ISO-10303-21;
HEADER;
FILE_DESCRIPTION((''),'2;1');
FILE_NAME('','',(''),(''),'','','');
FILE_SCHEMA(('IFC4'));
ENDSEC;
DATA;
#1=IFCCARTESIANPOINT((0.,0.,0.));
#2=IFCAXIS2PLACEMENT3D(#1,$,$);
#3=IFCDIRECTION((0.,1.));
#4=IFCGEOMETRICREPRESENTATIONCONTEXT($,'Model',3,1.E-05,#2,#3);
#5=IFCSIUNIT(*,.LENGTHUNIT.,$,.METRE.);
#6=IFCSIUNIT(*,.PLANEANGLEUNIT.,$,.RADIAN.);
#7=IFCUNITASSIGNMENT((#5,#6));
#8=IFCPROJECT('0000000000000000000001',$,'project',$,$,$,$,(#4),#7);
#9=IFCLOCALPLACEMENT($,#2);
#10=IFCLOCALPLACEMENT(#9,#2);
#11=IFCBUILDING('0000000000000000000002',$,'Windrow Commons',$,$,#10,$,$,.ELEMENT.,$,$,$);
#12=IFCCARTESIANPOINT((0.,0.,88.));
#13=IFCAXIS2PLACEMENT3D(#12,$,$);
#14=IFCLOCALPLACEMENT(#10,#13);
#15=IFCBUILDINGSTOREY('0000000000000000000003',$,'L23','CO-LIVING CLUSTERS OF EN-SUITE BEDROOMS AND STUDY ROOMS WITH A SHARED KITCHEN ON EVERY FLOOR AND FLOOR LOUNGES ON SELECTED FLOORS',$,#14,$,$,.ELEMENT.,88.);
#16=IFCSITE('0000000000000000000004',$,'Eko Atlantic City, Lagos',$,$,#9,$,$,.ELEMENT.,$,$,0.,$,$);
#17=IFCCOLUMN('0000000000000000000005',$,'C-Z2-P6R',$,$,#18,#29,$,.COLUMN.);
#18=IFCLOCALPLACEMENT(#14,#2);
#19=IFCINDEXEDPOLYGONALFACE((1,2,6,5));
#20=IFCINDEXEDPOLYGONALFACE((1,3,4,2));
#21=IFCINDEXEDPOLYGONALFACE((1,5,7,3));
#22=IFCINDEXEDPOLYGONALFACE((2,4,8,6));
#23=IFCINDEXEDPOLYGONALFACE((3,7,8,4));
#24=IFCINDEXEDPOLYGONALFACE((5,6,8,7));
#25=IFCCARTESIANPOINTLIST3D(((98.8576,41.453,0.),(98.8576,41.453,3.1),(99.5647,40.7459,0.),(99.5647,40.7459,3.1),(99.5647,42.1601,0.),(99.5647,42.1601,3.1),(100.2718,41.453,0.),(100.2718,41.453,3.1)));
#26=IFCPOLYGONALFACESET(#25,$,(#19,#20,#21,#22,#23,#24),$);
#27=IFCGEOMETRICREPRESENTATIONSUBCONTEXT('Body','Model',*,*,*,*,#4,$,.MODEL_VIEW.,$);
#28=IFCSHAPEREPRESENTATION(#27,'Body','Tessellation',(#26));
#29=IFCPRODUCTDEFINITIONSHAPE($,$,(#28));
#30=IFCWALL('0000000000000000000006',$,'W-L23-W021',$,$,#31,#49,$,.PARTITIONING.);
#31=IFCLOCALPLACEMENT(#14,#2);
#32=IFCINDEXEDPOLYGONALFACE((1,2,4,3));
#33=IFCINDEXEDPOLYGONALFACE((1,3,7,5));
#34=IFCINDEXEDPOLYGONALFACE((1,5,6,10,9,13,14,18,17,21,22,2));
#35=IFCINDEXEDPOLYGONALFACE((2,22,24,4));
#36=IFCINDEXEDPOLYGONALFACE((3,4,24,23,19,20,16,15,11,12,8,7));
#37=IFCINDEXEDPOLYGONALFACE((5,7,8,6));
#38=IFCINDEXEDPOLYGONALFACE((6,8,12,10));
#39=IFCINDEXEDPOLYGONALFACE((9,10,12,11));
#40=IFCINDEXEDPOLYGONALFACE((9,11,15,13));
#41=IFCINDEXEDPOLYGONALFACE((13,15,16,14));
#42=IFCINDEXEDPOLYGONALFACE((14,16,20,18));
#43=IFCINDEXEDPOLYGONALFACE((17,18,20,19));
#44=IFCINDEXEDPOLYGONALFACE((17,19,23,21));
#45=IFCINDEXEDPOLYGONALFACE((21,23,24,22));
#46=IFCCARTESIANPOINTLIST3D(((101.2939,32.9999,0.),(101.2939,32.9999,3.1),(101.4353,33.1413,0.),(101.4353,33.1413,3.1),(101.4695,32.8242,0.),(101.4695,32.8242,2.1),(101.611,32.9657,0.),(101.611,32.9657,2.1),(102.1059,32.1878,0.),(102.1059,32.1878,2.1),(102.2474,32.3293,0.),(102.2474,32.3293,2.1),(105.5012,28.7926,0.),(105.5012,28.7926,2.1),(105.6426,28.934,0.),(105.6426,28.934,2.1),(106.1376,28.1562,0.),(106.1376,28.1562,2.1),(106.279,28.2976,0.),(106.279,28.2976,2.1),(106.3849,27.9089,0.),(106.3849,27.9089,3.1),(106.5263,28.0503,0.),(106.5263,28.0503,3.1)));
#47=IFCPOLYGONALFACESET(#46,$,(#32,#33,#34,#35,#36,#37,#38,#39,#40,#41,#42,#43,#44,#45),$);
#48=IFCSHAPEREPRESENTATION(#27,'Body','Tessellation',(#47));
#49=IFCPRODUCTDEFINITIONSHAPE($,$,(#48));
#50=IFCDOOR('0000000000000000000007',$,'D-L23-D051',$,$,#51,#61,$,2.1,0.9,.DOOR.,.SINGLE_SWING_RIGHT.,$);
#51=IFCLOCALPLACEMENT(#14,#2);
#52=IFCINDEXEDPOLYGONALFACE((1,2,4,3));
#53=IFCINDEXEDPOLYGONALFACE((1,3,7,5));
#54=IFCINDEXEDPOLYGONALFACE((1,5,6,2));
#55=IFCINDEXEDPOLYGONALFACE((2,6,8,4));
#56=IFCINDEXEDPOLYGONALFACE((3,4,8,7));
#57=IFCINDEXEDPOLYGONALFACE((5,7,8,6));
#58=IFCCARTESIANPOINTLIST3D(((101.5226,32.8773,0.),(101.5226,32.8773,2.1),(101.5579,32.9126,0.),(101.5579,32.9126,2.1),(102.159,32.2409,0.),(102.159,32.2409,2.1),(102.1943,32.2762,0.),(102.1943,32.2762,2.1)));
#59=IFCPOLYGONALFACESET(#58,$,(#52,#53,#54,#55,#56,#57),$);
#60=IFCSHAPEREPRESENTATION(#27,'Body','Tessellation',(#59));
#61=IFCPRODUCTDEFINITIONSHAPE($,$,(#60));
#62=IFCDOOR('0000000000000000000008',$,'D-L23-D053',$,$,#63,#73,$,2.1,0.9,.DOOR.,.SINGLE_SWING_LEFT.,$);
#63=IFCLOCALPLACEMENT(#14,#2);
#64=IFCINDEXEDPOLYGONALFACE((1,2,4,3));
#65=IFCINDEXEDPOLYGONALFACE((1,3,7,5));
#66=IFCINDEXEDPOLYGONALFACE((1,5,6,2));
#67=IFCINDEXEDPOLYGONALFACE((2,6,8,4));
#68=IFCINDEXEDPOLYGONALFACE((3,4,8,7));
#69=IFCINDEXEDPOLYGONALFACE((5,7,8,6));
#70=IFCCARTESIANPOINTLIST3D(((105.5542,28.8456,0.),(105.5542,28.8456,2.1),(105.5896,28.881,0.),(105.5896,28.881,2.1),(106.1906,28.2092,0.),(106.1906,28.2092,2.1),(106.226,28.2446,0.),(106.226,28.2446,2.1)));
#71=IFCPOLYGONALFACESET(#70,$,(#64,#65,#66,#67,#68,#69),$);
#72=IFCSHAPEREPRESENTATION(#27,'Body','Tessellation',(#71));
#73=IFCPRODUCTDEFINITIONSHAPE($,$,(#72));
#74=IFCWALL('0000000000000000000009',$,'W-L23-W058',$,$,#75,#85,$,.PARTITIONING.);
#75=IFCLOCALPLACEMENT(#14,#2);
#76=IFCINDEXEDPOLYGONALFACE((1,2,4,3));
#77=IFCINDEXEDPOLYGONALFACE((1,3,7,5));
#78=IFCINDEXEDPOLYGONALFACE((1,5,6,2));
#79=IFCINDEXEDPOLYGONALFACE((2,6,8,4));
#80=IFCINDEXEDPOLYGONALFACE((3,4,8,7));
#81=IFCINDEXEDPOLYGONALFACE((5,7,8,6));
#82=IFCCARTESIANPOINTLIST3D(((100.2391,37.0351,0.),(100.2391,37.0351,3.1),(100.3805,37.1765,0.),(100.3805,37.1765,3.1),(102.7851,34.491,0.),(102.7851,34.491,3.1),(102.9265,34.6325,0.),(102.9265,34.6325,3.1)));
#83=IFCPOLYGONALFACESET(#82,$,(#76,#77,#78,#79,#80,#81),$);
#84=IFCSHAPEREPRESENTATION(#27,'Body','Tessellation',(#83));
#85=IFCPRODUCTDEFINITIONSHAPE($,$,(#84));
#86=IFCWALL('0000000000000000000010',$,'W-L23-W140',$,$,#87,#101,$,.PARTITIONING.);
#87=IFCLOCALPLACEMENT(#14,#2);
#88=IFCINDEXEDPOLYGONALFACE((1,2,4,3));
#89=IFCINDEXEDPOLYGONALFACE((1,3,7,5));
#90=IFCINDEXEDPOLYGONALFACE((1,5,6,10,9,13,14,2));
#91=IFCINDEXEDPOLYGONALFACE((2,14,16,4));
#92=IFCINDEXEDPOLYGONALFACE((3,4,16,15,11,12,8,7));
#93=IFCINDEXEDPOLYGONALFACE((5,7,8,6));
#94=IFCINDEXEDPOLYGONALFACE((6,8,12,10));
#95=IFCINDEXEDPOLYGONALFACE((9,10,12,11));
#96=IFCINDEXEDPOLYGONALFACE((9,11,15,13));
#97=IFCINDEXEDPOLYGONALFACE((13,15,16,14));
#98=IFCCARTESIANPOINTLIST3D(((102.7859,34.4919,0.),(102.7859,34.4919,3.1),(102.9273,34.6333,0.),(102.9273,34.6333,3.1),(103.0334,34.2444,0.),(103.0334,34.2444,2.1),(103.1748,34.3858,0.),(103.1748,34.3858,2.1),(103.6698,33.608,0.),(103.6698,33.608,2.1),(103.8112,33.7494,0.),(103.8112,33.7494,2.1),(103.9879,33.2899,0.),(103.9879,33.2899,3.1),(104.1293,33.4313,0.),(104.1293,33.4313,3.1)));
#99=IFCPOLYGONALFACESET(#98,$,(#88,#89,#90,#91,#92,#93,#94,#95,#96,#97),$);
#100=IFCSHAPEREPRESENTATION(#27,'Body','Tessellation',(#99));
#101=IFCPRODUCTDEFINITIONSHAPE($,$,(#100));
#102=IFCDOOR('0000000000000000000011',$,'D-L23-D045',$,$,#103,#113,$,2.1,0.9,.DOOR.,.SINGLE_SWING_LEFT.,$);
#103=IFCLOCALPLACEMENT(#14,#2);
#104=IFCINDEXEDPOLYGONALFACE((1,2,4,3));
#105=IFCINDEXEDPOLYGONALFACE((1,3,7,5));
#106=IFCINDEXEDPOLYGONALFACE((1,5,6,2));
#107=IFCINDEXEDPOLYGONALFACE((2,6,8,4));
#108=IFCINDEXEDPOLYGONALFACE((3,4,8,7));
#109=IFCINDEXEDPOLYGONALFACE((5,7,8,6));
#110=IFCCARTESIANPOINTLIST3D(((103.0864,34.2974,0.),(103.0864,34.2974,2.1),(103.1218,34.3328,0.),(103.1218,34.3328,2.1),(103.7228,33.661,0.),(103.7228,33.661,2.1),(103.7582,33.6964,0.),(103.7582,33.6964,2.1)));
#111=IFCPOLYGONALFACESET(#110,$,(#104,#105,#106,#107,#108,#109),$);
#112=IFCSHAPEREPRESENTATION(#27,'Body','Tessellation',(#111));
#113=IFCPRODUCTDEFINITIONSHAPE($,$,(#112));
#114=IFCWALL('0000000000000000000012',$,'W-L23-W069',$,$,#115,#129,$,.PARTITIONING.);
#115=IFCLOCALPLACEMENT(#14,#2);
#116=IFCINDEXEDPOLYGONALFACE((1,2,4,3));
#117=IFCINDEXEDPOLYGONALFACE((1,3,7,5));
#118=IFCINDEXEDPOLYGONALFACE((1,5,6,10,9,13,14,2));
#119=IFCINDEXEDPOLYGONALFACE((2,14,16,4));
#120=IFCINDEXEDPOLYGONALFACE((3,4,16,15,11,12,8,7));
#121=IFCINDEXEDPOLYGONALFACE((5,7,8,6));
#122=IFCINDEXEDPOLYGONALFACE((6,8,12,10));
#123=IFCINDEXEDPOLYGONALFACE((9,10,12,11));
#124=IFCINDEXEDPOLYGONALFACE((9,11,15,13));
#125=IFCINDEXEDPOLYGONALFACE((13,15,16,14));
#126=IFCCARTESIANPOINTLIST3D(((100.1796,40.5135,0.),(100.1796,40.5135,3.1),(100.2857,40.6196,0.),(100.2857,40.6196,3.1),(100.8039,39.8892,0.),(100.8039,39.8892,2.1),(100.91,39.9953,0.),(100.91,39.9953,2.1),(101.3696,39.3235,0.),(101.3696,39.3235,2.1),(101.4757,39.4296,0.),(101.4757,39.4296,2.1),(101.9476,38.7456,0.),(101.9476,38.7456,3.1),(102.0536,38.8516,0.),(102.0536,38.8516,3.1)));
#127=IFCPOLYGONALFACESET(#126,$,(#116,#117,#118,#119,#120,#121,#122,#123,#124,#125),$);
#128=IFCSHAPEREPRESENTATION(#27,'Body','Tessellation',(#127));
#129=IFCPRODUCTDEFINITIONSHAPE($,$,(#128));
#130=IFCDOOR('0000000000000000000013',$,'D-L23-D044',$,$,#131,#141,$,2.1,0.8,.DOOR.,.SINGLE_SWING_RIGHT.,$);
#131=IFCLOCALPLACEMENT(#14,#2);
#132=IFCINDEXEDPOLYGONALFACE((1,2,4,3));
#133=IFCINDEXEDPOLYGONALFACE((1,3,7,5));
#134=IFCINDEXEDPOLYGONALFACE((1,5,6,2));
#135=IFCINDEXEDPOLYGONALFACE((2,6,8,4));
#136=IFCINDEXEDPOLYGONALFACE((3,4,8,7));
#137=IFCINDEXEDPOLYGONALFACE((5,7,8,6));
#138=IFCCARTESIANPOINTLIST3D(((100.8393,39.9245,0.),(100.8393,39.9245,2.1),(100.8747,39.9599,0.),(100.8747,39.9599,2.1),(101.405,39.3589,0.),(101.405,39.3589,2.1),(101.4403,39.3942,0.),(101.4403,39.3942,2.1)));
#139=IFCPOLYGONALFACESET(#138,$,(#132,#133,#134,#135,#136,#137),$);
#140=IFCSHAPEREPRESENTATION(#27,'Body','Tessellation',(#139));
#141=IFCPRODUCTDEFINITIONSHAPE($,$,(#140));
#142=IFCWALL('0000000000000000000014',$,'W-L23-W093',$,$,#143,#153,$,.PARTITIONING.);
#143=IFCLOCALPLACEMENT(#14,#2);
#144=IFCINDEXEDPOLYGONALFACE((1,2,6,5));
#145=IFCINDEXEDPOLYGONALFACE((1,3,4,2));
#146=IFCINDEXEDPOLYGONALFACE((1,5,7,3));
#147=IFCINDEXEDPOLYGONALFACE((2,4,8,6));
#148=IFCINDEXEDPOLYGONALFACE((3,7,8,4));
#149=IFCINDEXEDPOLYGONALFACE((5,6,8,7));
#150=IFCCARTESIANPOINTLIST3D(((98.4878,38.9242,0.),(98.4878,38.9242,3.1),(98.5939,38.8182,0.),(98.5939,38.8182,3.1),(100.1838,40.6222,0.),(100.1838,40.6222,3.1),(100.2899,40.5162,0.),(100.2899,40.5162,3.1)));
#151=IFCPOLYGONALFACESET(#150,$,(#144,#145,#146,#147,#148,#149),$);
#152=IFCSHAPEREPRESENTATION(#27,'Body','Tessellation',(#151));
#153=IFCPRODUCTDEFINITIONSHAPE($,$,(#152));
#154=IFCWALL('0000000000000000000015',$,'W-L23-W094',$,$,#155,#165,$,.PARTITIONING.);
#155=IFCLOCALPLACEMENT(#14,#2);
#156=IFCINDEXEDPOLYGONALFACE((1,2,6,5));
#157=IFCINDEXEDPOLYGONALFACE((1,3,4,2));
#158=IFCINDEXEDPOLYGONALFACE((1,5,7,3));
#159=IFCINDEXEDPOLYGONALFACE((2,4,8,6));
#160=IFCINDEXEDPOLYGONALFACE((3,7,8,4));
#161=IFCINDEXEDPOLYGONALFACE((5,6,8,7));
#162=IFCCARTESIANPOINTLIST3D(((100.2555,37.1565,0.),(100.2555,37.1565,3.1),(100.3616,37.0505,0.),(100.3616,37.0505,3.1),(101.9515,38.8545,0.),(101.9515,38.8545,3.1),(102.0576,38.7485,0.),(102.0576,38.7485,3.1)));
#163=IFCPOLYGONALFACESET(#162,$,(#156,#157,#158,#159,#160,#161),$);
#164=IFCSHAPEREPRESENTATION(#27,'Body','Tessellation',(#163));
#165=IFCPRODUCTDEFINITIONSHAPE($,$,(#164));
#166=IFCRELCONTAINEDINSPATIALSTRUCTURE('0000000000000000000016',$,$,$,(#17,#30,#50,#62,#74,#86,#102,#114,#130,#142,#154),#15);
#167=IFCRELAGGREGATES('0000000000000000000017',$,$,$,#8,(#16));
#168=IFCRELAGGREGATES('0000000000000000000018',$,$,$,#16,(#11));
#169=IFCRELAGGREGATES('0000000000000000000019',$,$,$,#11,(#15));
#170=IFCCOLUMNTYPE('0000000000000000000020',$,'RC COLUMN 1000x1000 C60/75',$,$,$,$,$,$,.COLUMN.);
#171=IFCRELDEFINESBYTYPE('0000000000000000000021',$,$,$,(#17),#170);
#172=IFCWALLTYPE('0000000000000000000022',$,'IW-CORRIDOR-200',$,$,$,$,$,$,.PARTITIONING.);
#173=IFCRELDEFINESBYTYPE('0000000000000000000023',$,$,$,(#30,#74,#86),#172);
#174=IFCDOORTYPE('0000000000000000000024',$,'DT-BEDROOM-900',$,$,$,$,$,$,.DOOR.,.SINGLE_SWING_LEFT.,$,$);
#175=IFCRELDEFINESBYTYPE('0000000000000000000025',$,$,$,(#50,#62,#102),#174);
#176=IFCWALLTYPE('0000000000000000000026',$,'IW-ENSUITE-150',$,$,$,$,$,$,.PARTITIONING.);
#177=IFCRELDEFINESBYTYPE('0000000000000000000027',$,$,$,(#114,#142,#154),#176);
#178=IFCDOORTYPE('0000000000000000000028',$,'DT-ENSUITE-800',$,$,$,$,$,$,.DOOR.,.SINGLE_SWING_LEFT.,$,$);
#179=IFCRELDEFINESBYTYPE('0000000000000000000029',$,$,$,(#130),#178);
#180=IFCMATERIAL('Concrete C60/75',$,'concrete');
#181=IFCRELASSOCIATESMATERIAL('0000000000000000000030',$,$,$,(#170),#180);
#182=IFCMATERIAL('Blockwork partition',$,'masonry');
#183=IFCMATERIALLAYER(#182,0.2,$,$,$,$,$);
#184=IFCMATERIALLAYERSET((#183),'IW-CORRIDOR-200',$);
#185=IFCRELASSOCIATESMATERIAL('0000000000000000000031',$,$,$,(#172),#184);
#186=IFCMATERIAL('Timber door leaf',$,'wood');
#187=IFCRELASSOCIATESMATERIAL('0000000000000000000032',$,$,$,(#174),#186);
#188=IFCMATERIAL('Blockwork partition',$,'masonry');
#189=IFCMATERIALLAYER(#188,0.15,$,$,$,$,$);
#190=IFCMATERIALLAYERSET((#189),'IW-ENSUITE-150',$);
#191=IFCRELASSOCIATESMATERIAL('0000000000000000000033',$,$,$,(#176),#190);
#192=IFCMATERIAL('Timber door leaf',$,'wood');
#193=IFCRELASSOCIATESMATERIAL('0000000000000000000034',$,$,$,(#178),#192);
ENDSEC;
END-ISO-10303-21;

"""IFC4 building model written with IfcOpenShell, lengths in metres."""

from ifc_helpers import new_model, si_unit, direction, frame, frame_2d, origin, origin_2d, place, context, subcontext, project, spatial, rectangle, extrude, material, layer, layer_set, material_profile, profile_set, type_object, element, fill, save


model = new_model("IFC4")

# Units and contexts
model_context = context("Model", 3, precision=1e-05, world=origin(), true_north=direction((0.0, 1.0)))
body_context = subcontext(model_context, "Body", "Model", "MODEL_VIEW")
ifc_project = project(units=[si_unit("LENGTHUNIT", "METRE"), si_unit("PLANEANGLEUNIT", "RADIAN")], contexts=[model_context])

# Site, building, storey
site_placement = place(None, origin())
site = spatial("IfcSite", under=ifc_project, at=site_placement, Name="Eko Atlantic City, Lagos", CompositionType="ELEMENT", RefElevation=0.0)
building_placement = place(site_placement, origin())
building = spatial("IfcBuilding", under=site, at=building_placement, Name="Windrow Commons", CompositionType="ELEMENT")
storey_placement = place(building_placement, frame((0.0, 0.0, 88.0)))
storey = spatial("IfcBuildingStorey", under=building, at=storey_placement, Name="L23", Description="CO-LIVING CLUSTERS OF EN-SUITE BEDROOMS AND STUDY ROOMS WITH A SHARED KITCHEN ON EVERY FLOOR AND FLOOR LOUNGES ON SELECTED FLOORS", CompositionType="ELEMENT", Elevation=88.0)

# Column
ifc_material_1 = material(Name="Concrete C60/75", Category="concrete")
ifc_material_profile = material_profile(ifc_material_1, rectangle(XDim=1.0, YDim=1.0, at=origin_2d()))
ifc_profile_set = profile_set([ifc_material_profile], Name="Concrete C60/75")
column_type = type_object("IfcColumnType", Name="RC COLUMN 1000x1000 C60/75", PredefinedType="COLUMN", material=ifc_profile_set)
column_placement = place(storey_placement, frame((99.5647, 41.453, 0.0), z_axis=(0.0, 0.0, 1.0), x_axis=(0.707107, -0.707107, 0.0)))
element("IfcColumn", 1, at=column_placement, inside=storey, type_object=column_type, Name="C-Z2-P6R", PredefinedType="COLUMN", context=body_context, shape_type="SweptSolid", body=[
    extrude(rectangle(XDim=1.0, YDim=1.0, at=origin_2d()), origin(), (0.0, 0.0, 1.0), 3.1),
])

# Wall, openings, doors
ifc_material_2 = material(Name="Blockwork partition", Category="masonry")
ifc_layer_1 = layer(ifc_material_2, 0.2)
ifc_layer_set_1 = layer_set([ifc_layer_1], Name="IW-CORRIDOR-200")
wall_type_1 = type_object("IfcWallType", Name="IW-CORRIDOR-200", PredefinedType="PARTITIONING", material=ifc_layer_set_1)
wall_1_placement = place(storey_placement, frame((101.3646, 33.0706, 0.0), z_axis=(0.0, 0.0, 1.0), x_axis=(0.707107, -0.707107, 0.0)))
wall_1 = element("IfcWall", 2, at=wall_1_placement, inside=storey, type_object=wall_type_1, Name="W-L23-W021", PredefinedType="PARTITIONING", context=body_context, shape_type="SweptSolid", body=[
    extrude(rectangle(XDim=7.1998, YDim=0.2, at=frame_2d((3.5999, 0.0))), origin(), (0.0, 0.0, 1.0), 3.1),
])
opening_1_placement = place(wall_1_placement, frame((0.2484, 0.0, 0.0)))
opening_1 = element("IfcOpeningElement", 3, at=opening_1_placement, cuts=wall_1, PredefinedType="OPENING", context=body_context, shape_type="SweptSolid", body=[
    extrude(rectangle(XDim=0.9, YDim=2.1, at=frame_2d((0.45, 1.05))), frame((0.0, 0.11, 0.0), z_axis=(0.0, -1.0, 0.0), x_axis=(1.0, 0.0, 0.0)), (0.0, 0.0, 1.0), 0.22),
])
opening_2_placement = place(wall_1_placement, frame((5.95, 0.0, 0.0)))
opening_2 = element("IfcOpeningElement", 4, at=opening_2_placement, cuts=wall_1, PredefinedType="OPENING", context=body_context, shape_type="SweptSolid", body=[
    extrude(rectangle(XDim=0.9, YDim=2.1, at=frame_2d((0.45, 1.05))), frame((0.0, 0.11, 0.0), z_axis=(0.0, -1.0, 0.0), x_axis=(1.0, 0.0, 0.0)), (0.0, 0.0, 1.0), 0.22),
])
ifc_material_3 = material(Name="Timber door leaf", Category="wood")
door_type_1 = type_object("IfcDoorType", Name="DT-BEDROOM-900", OperationType="SINGLE_SWING_LEFT", PredefinedType="DOOR", material=ifc_material_3)
door_1_placement = place(opening_1_placement, origin())
door_1 = element("IfcDoor", 5, at=door_1_placement, inside=storey, type_object=door_type_1, Name="D-L23-D051", OperationType="SINGLE_SWING_RIGHT", OverallHeight=2.1, OverallWidth=0.9, PredefinedType="DOOR", context=body_context, shape_type="SweptSolid", body=[
    extrude(rectangle(XDim=0.9, YDim=2.1, at=frame_2d((0.45, 1.05))), frame((0.0, 0.025, 0.0), z_axis=(0.0, -1.0, 0.0), x_axis=(1.0, 0.0, 0.0)), (0.0, 0.0, 1.0), 0.05),
])
fill(opening_1, door_1)
door_2_placement = place(opening_2_placement, origin())
door_2 = element("IfcDoor", 6, at=door_2_placement, inside=storey, type_object=door_type_1, Name="D-L23-D053", OperationType="SINGLE_SWING_LEFT", OverallHeight=2.1, OverallWidth=0.9, PredefinedType="DOOR", context=body_context, shape_type="SweptSolid", body=[
    extrude(rectangle(XDim=0.9, YDim=2.1, at=frame_2d((0.45, 1.05))), frame((0.0, 0.025, 0.0), z_axis=(0.0, -1.0, 0.0), x_axis=(1.0, 0.0, 0.0)), (0.0, 0.0, 1.0), 0.05),
])
fill(opening_2, door_2)

# Wall
wall_2_placement = place(storey_placement, frame((100.3098, 37.1058, 0.0), z_axis=(0.0, 0.0, 1.0), x_axis=(0.707385, -0.706829, 0.0)))
element("IfcWall", 7, at=wall_2_placement, inside=storey, type_object=wall_type_1, Name="W-L23-W058", PredefinedType="PARTITIONING", context=body_context, shape_type="SweptSolid", body=[
    extrude(rectangle(XDim=3.5992, YDim=0.2, at=frame_2d((1.7996, 0.0))), origin(), (0.0, 0.0, 1.0), 3.1),
])

# Walls, openings, doors
wall_3_placement = place(storey_placement, frame((102.8566, 34.5626, 0.0), z_axis=(0.0, 0.0, 1.0), x_axis=(0.707107, -0.707107, 0.0)))
wall_3 = element("IfcWall", 8, at=wall_3_placement, inside=storey, type_object=wall_type_1, Name="W-L23-W140", PredefinedType="PARTITIONING", context=body_context, shape_type="SweptSolid", body=[
    extrude(rectangle(XDim=1.6999, YDim=0.2, at=frame_2d((0.8499, 0.0))), origin(), (0.0, 0.0, 1.0), 3.1),
])
opening_3_placement = place(wall_3_placement, frame((0.35, 0.0, 0.0)))
opening_3 = element("IfcOpeningElement", 9, at=opening_3_placement, cuts=wall_3, PredefinedType="OPENING", context=body_context, shape_type="SweptSolid", body=[
    extrude(rectangle(XDim=0.9, YDim=2.1, at=frame_2d((0.45, 1.05))), frame((0.0, 0.11, 0.0), z_axis=(0.0, -1.0, 0.0), x_axis=(1.0, 0.0, 0.0)), (0.0, 0.0, 1.0), 0.22),
])
door_3_placement = place(opening_3_placement, origin())
door_3 = element("IfcDoor", 10, at=door_3_placement, inside=storey, type_object=door_type_1, Name="D-L23-D045", OperationType="SINGLE_SWING_LEFT", OverallHeight=2.1, OverallWidth=0.9, PredefinedType="DOOR", context=body_context, shape_type="SweptSolid", body=[
    extrude(rectangle(XDim=0.9, YDim=2.1, at=frame_2d((0.45, 1.05))), frame((0.0, 0.025, 0.0), z_axis=(0.0, -1.0, 0.0), x_axis=(1.0, 0.0, 0.0)), (0.0, 0.0, 1.0), 0.05),
])
fill(opening_3, door_3)
ifc_material_4 = material(Name="Blockwork partition", Category="masonry")
ifc_layer_2 = layer(ifc_material_4, 0.15)
ifc_layer_set_2 = layer_set([ifc_layer_2], Name="IW-ENSUITE-150")
wall_type_2 = type_object("IfcWallType", Name="IW-ENSUITE-150", PredefinedType="PARTITIONING", material=ifc_layer_set_2)
wall_4_placement = place(storey_placement, frame((100.2326, 40.5666, 0.0), z_axis=(0.0, 0.0, 1.0), x_axis=(0.707107, -0.707107, 0.0)))
wall_4 = element("IfcWall", 11, at=wall_4_placement, inside=storey, type_object=wall_type_2, Name="W-L23-W069", PredefinedType="PARTITIONING", context=body_context, shape_type="SweptSolid", body=[
    extrude(rectangle(XDim=2.5003, YDim=0.15, at=frame_2d((1.2502, 0.0))), origin(), (0.0, 0.0, 1.0), 3.1),
])
opening_4_placement = place(wall_4_placement, frame((0.883, 0.0, 0.0)))
opening_4 = element("IfcOpeningElement", 12, at=opening_4_placement, cuts=wall_4, PredefinedType="OPENING", context=body_context, shape_type="SweptSolid", body=[
    extrude(rectangle(XDim=0.8, YDim=2.1, at=frame_2d((0.4, 1.05))), frame((0.0, 0.085, 0.0), z_axis=(0.0, -1.0, 0.0), x_axis=(1.0, 0.0, 0.0)), (0.0, 0.0, 1.0), 0.17),
])
ifc_material_5 = material(Name="Timber door leaf", Category="wood")
door_type_2 = type_object("IfcDoorType", Name="DT-ENSUITE-800", OperationType="SINGLE_SWING_LEFT", PredefinedType="DOOR", material=ifc_material_5)
door_4_placement = place(opening_4_placement, origin())
door_4 = element("IfcDoor", 13, at=door_4_placement, inside=storey, type_object=door_type_2, Name="D-L23-D044", OperationType="SINGLE_SWING_RIGHT", OverallHeight=2.1, OverallWidth=0.8, PredefinedType="DOOR", context=body_context, shape_type="SweptSolid", body=[
    extrude(rectangle(XDim=0.8, YDim=2.1, at=frame_2d((0.4, 1.05))), frame((0.0, 0.025, 0.0), z_axis=(0.0, -1.0, 0.0), x_axis=(1.0, 0.0, 0.0)), (0.0, 0.0, 1.0), 0.05),
])
fill(opening_4, door_4)

# Walls
for number, where, z_axis, x_axis, name in (
    (14, (98.5408, 38.8712, 0.0), (0.0, 0.0, 1.0), (0.70669, 0.707523, 0.0), "W-L23-W093"),
    (15, (100.3085, 37.1035, 0.0), (0.0, 0.0, 1.0), (0.70669, 0.707523, 0.0), "W-L23-W094"),
):
    element("IfcWall", number, at=place(storey_placement, frame(where, z_axis=z_axis, x_axis=x_axis)), inside=storey, type_object=wall_type_2, Name=name, PredefinedType="PARTITIONING", context=body_context, shape_type="SweptSolid", body=[
        extrude(rectangle(XDim=2.3999, YDim=0.15, at=frame_2d((1.2, 0.0))), origin(), (0.0, 0.0, 1.0), 3.1),
    ])

save(model, "model.ifc")
